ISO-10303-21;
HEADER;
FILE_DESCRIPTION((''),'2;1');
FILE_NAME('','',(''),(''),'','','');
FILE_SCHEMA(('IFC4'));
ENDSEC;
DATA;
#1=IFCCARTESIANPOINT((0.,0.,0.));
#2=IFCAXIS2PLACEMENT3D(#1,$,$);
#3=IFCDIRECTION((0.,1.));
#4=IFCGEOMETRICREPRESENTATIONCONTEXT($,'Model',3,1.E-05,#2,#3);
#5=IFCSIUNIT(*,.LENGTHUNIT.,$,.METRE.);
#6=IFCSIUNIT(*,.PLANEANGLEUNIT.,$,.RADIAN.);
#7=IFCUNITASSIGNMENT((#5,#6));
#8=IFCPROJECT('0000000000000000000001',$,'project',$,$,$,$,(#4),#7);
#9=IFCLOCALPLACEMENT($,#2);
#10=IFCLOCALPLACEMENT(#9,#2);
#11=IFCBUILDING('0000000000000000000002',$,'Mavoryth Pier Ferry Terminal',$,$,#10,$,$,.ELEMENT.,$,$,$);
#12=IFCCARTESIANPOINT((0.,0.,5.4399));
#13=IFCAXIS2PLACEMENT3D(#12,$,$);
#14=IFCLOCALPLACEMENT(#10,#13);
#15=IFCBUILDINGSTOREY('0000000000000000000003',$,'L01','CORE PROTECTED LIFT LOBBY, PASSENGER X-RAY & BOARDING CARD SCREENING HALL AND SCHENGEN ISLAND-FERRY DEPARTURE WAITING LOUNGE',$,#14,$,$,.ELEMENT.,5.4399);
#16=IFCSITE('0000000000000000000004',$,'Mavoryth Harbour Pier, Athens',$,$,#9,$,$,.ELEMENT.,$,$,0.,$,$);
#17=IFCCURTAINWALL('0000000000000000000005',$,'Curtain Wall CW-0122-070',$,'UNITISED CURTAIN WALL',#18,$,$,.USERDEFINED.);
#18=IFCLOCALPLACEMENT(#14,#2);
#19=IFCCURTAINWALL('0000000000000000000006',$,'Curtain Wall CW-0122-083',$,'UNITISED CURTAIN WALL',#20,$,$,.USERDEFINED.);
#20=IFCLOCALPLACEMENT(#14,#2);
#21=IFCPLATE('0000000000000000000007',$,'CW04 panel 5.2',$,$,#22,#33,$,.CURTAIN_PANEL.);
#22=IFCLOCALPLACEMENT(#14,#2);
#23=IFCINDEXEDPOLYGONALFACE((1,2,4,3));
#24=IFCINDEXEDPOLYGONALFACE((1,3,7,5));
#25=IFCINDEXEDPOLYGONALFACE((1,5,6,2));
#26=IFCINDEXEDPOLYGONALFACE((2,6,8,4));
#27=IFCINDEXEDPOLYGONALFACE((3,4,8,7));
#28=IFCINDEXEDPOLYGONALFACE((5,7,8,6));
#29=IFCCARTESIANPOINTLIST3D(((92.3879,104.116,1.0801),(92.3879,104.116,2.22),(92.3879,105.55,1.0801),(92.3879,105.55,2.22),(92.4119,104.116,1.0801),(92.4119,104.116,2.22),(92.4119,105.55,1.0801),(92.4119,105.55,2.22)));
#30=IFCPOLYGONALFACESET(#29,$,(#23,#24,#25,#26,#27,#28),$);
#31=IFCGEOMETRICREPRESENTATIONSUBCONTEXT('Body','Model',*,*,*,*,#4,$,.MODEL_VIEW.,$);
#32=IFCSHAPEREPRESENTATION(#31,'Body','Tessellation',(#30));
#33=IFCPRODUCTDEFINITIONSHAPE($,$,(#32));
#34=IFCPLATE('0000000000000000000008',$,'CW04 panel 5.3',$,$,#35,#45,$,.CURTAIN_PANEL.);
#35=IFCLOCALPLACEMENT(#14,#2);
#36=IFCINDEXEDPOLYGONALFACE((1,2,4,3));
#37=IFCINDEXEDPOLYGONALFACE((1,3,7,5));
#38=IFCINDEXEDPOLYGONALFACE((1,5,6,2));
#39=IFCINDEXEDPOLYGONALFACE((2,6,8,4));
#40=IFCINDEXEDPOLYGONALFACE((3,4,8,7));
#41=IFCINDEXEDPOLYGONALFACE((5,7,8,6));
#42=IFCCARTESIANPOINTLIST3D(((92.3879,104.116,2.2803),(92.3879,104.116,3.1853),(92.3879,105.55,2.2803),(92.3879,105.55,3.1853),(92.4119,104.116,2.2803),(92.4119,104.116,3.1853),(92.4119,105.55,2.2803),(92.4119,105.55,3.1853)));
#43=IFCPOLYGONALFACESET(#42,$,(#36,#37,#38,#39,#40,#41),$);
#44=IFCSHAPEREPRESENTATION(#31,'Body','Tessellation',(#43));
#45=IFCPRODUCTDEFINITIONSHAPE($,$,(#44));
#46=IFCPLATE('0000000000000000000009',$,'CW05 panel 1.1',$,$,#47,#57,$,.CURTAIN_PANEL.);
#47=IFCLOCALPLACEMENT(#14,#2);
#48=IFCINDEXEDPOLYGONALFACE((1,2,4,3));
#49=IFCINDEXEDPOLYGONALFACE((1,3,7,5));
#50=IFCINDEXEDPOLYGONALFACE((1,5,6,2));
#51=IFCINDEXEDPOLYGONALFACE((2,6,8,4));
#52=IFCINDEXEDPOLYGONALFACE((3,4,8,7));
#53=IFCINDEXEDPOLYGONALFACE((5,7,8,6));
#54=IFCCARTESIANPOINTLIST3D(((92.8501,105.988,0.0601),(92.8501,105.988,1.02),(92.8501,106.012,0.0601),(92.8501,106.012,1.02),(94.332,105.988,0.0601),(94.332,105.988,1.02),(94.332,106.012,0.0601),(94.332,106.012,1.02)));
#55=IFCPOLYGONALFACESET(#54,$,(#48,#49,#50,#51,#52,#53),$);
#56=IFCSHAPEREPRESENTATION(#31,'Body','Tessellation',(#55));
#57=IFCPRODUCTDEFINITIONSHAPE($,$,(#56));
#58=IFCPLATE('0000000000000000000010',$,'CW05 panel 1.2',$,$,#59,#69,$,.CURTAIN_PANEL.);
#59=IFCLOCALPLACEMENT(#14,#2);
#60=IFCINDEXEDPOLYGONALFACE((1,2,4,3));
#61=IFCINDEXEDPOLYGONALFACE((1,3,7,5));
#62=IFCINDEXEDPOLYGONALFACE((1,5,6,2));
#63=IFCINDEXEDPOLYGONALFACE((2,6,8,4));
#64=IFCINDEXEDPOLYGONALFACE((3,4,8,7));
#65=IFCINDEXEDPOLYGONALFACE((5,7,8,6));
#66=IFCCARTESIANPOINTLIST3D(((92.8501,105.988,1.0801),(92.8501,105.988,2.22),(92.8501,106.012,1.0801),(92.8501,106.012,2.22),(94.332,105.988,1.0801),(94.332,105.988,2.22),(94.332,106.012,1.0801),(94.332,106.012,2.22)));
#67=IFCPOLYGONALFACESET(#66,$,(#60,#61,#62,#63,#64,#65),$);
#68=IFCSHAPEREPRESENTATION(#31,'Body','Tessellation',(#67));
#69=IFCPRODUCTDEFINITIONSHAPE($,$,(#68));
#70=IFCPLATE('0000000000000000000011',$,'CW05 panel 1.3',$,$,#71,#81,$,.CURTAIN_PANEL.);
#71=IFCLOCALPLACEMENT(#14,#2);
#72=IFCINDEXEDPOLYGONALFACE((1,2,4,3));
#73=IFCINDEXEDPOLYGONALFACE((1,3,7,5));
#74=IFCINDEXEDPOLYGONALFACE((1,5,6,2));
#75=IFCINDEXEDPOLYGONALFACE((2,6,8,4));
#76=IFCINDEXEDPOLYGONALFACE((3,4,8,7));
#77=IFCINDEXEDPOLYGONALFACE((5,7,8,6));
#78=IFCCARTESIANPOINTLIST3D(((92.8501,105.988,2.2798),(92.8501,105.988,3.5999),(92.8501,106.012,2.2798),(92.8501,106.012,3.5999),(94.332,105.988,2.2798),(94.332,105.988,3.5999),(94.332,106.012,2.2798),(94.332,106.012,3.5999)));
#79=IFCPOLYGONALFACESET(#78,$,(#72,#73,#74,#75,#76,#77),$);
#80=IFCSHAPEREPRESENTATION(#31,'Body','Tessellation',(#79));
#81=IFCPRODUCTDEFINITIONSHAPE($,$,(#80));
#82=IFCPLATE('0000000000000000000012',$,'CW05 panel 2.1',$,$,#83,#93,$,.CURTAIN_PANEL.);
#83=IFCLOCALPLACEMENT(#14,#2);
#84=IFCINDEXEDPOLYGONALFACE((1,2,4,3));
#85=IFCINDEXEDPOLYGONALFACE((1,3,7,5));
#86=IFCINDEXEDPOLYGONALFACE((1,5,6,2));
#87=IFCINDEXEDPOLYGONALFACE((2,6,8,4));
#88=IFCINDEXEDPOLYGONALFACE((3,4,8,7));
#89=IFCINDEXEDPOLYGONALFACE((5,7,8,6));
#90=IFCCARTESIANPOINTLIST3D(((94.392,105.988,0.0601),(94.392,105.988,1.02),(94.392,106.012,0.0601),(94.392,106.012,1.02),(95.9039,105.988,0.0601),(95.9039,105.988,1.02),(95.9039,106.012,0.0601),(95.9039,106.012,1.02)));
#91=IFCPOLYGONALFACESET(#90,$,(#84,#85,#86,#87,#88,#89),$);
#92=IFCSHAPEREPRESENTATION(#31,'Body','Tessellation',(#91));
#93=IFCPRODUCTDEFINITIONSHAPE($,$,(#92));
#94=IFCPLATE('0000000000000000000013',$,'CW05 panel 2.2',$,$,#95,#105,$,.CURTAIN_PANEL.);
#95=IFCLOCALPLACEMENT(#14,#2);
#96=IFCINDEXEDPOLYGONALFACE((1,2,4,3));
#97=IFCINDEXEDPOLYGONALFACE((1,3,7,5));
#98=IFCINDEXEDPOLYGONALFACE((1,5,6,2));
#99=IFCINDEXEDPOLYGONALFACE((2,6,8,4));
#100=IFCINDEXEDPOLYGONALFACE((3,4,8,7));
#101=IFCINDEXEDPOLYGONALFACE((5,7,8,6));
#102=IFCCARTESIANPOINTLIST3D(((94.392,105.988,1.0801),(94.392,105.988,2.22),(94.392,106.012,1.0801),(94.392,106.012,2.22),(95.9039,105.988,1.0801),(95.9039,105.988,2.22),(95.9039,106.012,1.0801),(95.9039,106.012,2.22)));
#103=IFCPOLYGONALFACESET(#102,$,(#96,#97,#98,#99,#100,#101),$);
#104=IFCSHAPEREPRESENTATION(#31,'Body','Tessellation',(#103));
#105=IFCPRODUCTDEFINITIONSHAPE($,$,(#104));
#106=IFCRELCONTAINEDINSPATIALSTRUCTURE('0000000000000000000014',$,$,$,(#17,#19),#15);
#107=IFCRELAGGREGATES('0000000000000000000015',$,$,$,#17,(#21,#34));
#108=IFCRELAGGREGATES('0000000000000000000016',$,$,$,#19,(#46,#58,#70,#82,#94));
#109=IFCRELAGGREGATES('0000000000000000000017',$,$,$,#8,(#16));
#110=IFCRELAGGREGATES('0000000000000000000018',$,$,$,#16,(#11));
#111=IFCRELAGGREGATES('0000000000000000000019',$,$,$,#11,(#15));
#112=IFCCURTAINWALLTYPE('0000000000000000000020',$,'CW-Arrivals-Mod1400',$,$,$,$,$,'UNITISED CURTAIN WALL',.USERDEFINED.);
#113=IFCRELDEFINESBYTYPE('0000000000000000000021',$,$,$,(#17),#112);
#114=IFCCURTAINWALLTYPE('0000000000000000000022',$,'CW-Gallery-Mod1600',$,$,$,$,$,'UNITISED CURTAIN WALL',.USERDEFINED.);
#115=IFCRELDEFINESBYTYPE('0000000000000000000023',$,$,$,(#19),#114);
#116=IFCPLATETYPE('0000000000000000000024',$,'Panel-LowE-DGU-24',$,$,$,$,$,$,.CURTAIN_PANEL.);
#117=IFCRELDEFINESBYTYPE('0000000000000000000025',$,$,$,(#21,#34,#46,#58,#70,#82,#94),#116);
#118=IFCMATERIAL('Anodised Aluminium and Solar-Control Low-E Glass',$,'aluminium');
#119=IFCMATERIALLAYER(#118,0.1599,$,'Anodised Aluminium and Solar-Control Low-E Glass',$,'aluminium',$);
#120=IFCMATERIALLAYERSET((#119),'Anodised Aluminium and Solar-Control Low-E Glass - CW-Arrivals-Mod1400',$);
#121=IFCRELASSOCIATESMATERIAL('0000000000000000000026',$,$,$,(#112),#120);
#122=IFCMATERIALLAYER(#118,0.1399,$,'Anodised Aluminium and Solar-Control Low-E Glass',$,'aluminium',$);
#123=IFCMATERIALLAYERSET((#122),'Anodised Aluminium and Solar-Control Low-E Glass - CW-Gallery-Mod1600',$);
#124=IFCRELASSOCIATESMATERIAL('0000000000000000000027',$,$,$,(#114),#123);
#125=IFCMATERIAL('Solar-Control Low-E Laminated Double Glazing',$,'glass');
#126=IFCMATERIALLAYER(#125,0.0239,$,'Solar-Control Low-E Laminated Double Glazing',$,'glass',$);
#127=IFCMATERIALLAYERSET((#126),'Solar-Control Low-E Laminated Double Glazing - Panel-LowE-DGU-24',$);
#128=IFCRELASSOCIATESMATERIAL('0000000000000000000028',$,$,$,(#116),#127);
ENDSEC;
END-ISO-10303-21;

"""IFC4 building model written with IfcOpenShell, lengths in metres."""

from ifc_helpers import new_model, si_unit, direction, frame, origin, origin_2d, place, context, subcontext, project, spatial, rectangle, extrude, material, layer, layer_set, type_object, element, aggregate, save


model = new_model("IFC4")

# Units and contexts
model_context = context("Model", 3, precision=1e-05, world=origin(), true_north=direction((0.0, 1.0)))
body_context = subcontext(model_context, "Body", "Model", "MODEL_VIEW")
ifc_project = project(units=[si_unit("LENGTHUNIT", "METRE"), si_unit("PLANEANGLEUNIT", "RADIAN")], contexts=[model_context])

# Site, building, storey
site_placement = place(None, origin())
site = spatial("IfcSite", under=ifc_project, at=site_placement, Name="Mavoryth Harbour Pier, Athens", CompositionType="ELEMENT", RefElevation=0.0)
building_placement = place(site_placement, origin())
building = spatial("IfcBuilding", under=site, at=building_placement, Name="Mavoryth Pier Ferry Terminal", CompositionType="ELEMENT")
storey_placement = place(building_placement, frame((0.0, 0.0, 5.4399)))
storey = spatial("IfcBuildingStorey", under=building, at=storey_placement, Name="L01", Description="CORE PROTECTED LIFT LOBBY, PASSENGER X-RAY & BOARDING CARD SCREENING HALL AND SCHENGEN ISLAND-FERRY DEPARTURE WAITING LOUNGE", CompositionType="ELEMENT", Elevation=5.4399)

# Shared definitions
ifc_material_1 = material(Name="Anodised Aluminium and Solar-Control Low-E Glass", Category="aluminium")
ifc_layer_1 = layer(ifc_material_1, 0.1599, Name="Anodised Aluminium and Solar-Control Low-E Glass", Category="aluminium")
ifc_layer_set_1 = layer_set([ifc_layer_1], Name="Anodised Aluminium and Solar-Control Low-E Glass - CW-Arrivals-Mod1400")
curtain_wall_type_1 = type_object("IfcCurtainWallType", Name="CW-Arrivals-Mod1400", ElementType="UNITISED CURTAIN WALL", PredefinedType="USERDEFINED", material=ifc_layer_set_1)

# Curtain walls
curtain_wall_1_placement = place(storey_placement, origin())
curtain_wall_1 = element("IfcCurtainWall", 1, at=curtain_wall_1_placement, inside=storey, type_object=curtain_wall_type_1, Name="Curtain Wall CW-0122-070", ObjectType="UNITISED CURTAIN WALL", PredefinedType="USERDEFINED")
ifc_layer_2 = layer(ifc_material_1, 0.1399, Name="Anodised Aluminium and Solar-Control Low-E Glass", Category="aluminium")
ifc_layer_set_2 = layer_set([ifc_layer_2], Name="Anodised Aluminium and Solar-Control Low-E Glass - CW-Gallery-Mod1600")
curtain_wall_type_2 = type_object("IfcCurtainWallType", Name="CW-Gallery-Mod1600", ElementType="UNITISED CURTAIN WALL", PredefinedType="USERDEFINED", material=ifc_layer_set_2)
curtain_wall_2_placement = place(storey_placement, origin())
curtain_wall_2 = element("IfcCurtainWall", 2, at=curtain_wall_2_placement, inside=storey, type_object=curtain_wall_type_2, Name="Curtain Wall CW-0122-083", ObjectType="UNITISED CURTAIN WALL", PredefinedType="USERDEFINED")

# Plates
ifc_material_2 = material(Name="Solar-Control Low-E Laminated Double Glazing", Category="glass")
ifc_layer_3 = layer(ifc_material_2, 0.0239, Name="Solar-Control Low-E Laminated Double Glazing", Category="glass")
ifc_layer_set_3 = layer_set([ifc_layer_3], Name="Solar-Control Low-E Laminated Double Glazing - Panel-LowE-DGU-24")
plate_type = type_object("IfcPlateType", Name="Panel-LowE-DGU-24", PredefinedType="CURTAIN_PANEL", material=ifc_layer_set_3)
plate_1_placement = place(storey_placement, frame((92.3999, 104.833, 1.0801), z_axis=(0.0, 0.0, 1.0), x_axis=(0.0, 1.0, 0.0)))
plate_1 = element("IfcPlate", 3, at=plate_1_placement, type_object=plate_type, Name="CW04 panel 5.2", PredefinedType="CURTAIN_PANEL", context=body_context, shape_type="SweptSolid", body=[
    extrude(rectangle(XDim=1.4341, YDim=0.0239, at=origin_2d()), origin(), (0.0, 0.0, 1.0), 1.1399),
])
plate_2_placement = place(storey_placement, frame((92.3999, 104.833, 2.2803), z_axis=(0.0, 0.0, 1.0), x_axis=(0.0, 1.0, 0.0)))
plate_2 = element("IfcPlate", 4, at=plate_2_placement, type_object=plate_type, Name="CW04 panel 5.3", PredefinedType="CURTAIN_PANEL", context=body_context, shape_type="SweptSolid", body=[
    extrude(rectangle(XDim=1.4341, YDim=0.0239, at=origin_2d()), origin(), (0.0, 0.0, 1.0), 0.905),
])
aggregate(curtain_wall_1, [plate_1, plate_2])
plate_3_placement = place(storey_placement, frame((93.5911, 106.0, 0.0601), z_axis=(0.0, 0.0, 1.0), x_axis=(1.0, 0.0, 0.0)))
plate_3 = element("IfcPlate", 5, at=plate_3_placement, type_object=plate_type, Name="CW05 panel 1.1", PredefinedType="CURTAIN_PANEL", context=body_context, shape_type="SweptSolid", body=[
    extrude(rectangle(XDim=1.4819, YDim=0.0239, at=origin_2d()), origin(), (0.0, 0.0, 1.0), 0.96),
])
plate_4_placement = place(storey_placement, frame((93.5911, 106.0, 1.0801), z_axis=(0.0, 0.0, 1.0), x_axis=(1.0, 0.0, 0.0)))
plate_4 = element("IfcPlate", 6, at=plate_4_placement, type_object=plate_type, Name="CW05 panel 1.2", PredefinedType="CURTAIN_PANEL", context=body_context, shape_type="SweptSolid", body=[
    extrude(rectangle(XDim=1.4819, YDim=0.0239, at=origin_2d()), origin(), (0.0, 0.0, 1.0), 1.1399),
])
plate_5_placement = place(storey_placement, frame((93.5911, 106.0, 2.2798), z_axis=(0.0, 0.0, 1.0), x_axis=(1.0, 0.0, 0.0)))
plate_5 = element("IfcPlate", 7, at=plate_5_placement, type_object=plate_type, Name="CW05 panel 1.3", PredefinedType="CURTAIN_PANEL", context=body_context, shape_type="SweptSolid", body=[
    extrude(rectangle(XDim=1.4819, YDim=0.0239, at=origin_2d()), origin(), (0.0, 0.0, 1.0), 1.3201),
])
plate_6_placement = place(storey_placement, frame((95.1479, 106.0, 0.0601), z_axis=(0.0, 0.0, 1.0), x_axis=(1.0, 0.0, 0.0)))
plate_6 = element("IfcPlate", 8, at=plate_6_placement, type_object=plate_type, Name="CW05 panel 2.1", PredefinedType="CURTAIN_PANEL", context=body_context, shape_type="SweptSolid", body=[
    extrude(rectangle(XDim=1.512, YDim=0.0239, at=origin_2d()), origin(), (0.0, 0.0, 1.0), 0.96),
])
plate_7_placement = place(storey_placement, frame((95.1479, 106.0, 1.0801), z_axis=(0.0, 0.0, 1.0), x_axis=(1.0, 0.0, 0.0)))
plate_7 = element("IfcPlate", 9, at=plate_7_placement, type_object=plate_type, Name="CW05 panel 2.2", PredefinedType="CURTAIN_PANEL", context=body_context, shape_type="SweptSolid", body=[
    extrude(rectangle(XDim=1.512, YDim=0.0239, at=origin_2d()), origin(), (0.0, 0.0, 1.0), 1.1399),
])
aggregate(curtain_wall_2, [plate_3, plate_4, plate_5, plate_6, plate_7])

save(model, "model.ifc")
